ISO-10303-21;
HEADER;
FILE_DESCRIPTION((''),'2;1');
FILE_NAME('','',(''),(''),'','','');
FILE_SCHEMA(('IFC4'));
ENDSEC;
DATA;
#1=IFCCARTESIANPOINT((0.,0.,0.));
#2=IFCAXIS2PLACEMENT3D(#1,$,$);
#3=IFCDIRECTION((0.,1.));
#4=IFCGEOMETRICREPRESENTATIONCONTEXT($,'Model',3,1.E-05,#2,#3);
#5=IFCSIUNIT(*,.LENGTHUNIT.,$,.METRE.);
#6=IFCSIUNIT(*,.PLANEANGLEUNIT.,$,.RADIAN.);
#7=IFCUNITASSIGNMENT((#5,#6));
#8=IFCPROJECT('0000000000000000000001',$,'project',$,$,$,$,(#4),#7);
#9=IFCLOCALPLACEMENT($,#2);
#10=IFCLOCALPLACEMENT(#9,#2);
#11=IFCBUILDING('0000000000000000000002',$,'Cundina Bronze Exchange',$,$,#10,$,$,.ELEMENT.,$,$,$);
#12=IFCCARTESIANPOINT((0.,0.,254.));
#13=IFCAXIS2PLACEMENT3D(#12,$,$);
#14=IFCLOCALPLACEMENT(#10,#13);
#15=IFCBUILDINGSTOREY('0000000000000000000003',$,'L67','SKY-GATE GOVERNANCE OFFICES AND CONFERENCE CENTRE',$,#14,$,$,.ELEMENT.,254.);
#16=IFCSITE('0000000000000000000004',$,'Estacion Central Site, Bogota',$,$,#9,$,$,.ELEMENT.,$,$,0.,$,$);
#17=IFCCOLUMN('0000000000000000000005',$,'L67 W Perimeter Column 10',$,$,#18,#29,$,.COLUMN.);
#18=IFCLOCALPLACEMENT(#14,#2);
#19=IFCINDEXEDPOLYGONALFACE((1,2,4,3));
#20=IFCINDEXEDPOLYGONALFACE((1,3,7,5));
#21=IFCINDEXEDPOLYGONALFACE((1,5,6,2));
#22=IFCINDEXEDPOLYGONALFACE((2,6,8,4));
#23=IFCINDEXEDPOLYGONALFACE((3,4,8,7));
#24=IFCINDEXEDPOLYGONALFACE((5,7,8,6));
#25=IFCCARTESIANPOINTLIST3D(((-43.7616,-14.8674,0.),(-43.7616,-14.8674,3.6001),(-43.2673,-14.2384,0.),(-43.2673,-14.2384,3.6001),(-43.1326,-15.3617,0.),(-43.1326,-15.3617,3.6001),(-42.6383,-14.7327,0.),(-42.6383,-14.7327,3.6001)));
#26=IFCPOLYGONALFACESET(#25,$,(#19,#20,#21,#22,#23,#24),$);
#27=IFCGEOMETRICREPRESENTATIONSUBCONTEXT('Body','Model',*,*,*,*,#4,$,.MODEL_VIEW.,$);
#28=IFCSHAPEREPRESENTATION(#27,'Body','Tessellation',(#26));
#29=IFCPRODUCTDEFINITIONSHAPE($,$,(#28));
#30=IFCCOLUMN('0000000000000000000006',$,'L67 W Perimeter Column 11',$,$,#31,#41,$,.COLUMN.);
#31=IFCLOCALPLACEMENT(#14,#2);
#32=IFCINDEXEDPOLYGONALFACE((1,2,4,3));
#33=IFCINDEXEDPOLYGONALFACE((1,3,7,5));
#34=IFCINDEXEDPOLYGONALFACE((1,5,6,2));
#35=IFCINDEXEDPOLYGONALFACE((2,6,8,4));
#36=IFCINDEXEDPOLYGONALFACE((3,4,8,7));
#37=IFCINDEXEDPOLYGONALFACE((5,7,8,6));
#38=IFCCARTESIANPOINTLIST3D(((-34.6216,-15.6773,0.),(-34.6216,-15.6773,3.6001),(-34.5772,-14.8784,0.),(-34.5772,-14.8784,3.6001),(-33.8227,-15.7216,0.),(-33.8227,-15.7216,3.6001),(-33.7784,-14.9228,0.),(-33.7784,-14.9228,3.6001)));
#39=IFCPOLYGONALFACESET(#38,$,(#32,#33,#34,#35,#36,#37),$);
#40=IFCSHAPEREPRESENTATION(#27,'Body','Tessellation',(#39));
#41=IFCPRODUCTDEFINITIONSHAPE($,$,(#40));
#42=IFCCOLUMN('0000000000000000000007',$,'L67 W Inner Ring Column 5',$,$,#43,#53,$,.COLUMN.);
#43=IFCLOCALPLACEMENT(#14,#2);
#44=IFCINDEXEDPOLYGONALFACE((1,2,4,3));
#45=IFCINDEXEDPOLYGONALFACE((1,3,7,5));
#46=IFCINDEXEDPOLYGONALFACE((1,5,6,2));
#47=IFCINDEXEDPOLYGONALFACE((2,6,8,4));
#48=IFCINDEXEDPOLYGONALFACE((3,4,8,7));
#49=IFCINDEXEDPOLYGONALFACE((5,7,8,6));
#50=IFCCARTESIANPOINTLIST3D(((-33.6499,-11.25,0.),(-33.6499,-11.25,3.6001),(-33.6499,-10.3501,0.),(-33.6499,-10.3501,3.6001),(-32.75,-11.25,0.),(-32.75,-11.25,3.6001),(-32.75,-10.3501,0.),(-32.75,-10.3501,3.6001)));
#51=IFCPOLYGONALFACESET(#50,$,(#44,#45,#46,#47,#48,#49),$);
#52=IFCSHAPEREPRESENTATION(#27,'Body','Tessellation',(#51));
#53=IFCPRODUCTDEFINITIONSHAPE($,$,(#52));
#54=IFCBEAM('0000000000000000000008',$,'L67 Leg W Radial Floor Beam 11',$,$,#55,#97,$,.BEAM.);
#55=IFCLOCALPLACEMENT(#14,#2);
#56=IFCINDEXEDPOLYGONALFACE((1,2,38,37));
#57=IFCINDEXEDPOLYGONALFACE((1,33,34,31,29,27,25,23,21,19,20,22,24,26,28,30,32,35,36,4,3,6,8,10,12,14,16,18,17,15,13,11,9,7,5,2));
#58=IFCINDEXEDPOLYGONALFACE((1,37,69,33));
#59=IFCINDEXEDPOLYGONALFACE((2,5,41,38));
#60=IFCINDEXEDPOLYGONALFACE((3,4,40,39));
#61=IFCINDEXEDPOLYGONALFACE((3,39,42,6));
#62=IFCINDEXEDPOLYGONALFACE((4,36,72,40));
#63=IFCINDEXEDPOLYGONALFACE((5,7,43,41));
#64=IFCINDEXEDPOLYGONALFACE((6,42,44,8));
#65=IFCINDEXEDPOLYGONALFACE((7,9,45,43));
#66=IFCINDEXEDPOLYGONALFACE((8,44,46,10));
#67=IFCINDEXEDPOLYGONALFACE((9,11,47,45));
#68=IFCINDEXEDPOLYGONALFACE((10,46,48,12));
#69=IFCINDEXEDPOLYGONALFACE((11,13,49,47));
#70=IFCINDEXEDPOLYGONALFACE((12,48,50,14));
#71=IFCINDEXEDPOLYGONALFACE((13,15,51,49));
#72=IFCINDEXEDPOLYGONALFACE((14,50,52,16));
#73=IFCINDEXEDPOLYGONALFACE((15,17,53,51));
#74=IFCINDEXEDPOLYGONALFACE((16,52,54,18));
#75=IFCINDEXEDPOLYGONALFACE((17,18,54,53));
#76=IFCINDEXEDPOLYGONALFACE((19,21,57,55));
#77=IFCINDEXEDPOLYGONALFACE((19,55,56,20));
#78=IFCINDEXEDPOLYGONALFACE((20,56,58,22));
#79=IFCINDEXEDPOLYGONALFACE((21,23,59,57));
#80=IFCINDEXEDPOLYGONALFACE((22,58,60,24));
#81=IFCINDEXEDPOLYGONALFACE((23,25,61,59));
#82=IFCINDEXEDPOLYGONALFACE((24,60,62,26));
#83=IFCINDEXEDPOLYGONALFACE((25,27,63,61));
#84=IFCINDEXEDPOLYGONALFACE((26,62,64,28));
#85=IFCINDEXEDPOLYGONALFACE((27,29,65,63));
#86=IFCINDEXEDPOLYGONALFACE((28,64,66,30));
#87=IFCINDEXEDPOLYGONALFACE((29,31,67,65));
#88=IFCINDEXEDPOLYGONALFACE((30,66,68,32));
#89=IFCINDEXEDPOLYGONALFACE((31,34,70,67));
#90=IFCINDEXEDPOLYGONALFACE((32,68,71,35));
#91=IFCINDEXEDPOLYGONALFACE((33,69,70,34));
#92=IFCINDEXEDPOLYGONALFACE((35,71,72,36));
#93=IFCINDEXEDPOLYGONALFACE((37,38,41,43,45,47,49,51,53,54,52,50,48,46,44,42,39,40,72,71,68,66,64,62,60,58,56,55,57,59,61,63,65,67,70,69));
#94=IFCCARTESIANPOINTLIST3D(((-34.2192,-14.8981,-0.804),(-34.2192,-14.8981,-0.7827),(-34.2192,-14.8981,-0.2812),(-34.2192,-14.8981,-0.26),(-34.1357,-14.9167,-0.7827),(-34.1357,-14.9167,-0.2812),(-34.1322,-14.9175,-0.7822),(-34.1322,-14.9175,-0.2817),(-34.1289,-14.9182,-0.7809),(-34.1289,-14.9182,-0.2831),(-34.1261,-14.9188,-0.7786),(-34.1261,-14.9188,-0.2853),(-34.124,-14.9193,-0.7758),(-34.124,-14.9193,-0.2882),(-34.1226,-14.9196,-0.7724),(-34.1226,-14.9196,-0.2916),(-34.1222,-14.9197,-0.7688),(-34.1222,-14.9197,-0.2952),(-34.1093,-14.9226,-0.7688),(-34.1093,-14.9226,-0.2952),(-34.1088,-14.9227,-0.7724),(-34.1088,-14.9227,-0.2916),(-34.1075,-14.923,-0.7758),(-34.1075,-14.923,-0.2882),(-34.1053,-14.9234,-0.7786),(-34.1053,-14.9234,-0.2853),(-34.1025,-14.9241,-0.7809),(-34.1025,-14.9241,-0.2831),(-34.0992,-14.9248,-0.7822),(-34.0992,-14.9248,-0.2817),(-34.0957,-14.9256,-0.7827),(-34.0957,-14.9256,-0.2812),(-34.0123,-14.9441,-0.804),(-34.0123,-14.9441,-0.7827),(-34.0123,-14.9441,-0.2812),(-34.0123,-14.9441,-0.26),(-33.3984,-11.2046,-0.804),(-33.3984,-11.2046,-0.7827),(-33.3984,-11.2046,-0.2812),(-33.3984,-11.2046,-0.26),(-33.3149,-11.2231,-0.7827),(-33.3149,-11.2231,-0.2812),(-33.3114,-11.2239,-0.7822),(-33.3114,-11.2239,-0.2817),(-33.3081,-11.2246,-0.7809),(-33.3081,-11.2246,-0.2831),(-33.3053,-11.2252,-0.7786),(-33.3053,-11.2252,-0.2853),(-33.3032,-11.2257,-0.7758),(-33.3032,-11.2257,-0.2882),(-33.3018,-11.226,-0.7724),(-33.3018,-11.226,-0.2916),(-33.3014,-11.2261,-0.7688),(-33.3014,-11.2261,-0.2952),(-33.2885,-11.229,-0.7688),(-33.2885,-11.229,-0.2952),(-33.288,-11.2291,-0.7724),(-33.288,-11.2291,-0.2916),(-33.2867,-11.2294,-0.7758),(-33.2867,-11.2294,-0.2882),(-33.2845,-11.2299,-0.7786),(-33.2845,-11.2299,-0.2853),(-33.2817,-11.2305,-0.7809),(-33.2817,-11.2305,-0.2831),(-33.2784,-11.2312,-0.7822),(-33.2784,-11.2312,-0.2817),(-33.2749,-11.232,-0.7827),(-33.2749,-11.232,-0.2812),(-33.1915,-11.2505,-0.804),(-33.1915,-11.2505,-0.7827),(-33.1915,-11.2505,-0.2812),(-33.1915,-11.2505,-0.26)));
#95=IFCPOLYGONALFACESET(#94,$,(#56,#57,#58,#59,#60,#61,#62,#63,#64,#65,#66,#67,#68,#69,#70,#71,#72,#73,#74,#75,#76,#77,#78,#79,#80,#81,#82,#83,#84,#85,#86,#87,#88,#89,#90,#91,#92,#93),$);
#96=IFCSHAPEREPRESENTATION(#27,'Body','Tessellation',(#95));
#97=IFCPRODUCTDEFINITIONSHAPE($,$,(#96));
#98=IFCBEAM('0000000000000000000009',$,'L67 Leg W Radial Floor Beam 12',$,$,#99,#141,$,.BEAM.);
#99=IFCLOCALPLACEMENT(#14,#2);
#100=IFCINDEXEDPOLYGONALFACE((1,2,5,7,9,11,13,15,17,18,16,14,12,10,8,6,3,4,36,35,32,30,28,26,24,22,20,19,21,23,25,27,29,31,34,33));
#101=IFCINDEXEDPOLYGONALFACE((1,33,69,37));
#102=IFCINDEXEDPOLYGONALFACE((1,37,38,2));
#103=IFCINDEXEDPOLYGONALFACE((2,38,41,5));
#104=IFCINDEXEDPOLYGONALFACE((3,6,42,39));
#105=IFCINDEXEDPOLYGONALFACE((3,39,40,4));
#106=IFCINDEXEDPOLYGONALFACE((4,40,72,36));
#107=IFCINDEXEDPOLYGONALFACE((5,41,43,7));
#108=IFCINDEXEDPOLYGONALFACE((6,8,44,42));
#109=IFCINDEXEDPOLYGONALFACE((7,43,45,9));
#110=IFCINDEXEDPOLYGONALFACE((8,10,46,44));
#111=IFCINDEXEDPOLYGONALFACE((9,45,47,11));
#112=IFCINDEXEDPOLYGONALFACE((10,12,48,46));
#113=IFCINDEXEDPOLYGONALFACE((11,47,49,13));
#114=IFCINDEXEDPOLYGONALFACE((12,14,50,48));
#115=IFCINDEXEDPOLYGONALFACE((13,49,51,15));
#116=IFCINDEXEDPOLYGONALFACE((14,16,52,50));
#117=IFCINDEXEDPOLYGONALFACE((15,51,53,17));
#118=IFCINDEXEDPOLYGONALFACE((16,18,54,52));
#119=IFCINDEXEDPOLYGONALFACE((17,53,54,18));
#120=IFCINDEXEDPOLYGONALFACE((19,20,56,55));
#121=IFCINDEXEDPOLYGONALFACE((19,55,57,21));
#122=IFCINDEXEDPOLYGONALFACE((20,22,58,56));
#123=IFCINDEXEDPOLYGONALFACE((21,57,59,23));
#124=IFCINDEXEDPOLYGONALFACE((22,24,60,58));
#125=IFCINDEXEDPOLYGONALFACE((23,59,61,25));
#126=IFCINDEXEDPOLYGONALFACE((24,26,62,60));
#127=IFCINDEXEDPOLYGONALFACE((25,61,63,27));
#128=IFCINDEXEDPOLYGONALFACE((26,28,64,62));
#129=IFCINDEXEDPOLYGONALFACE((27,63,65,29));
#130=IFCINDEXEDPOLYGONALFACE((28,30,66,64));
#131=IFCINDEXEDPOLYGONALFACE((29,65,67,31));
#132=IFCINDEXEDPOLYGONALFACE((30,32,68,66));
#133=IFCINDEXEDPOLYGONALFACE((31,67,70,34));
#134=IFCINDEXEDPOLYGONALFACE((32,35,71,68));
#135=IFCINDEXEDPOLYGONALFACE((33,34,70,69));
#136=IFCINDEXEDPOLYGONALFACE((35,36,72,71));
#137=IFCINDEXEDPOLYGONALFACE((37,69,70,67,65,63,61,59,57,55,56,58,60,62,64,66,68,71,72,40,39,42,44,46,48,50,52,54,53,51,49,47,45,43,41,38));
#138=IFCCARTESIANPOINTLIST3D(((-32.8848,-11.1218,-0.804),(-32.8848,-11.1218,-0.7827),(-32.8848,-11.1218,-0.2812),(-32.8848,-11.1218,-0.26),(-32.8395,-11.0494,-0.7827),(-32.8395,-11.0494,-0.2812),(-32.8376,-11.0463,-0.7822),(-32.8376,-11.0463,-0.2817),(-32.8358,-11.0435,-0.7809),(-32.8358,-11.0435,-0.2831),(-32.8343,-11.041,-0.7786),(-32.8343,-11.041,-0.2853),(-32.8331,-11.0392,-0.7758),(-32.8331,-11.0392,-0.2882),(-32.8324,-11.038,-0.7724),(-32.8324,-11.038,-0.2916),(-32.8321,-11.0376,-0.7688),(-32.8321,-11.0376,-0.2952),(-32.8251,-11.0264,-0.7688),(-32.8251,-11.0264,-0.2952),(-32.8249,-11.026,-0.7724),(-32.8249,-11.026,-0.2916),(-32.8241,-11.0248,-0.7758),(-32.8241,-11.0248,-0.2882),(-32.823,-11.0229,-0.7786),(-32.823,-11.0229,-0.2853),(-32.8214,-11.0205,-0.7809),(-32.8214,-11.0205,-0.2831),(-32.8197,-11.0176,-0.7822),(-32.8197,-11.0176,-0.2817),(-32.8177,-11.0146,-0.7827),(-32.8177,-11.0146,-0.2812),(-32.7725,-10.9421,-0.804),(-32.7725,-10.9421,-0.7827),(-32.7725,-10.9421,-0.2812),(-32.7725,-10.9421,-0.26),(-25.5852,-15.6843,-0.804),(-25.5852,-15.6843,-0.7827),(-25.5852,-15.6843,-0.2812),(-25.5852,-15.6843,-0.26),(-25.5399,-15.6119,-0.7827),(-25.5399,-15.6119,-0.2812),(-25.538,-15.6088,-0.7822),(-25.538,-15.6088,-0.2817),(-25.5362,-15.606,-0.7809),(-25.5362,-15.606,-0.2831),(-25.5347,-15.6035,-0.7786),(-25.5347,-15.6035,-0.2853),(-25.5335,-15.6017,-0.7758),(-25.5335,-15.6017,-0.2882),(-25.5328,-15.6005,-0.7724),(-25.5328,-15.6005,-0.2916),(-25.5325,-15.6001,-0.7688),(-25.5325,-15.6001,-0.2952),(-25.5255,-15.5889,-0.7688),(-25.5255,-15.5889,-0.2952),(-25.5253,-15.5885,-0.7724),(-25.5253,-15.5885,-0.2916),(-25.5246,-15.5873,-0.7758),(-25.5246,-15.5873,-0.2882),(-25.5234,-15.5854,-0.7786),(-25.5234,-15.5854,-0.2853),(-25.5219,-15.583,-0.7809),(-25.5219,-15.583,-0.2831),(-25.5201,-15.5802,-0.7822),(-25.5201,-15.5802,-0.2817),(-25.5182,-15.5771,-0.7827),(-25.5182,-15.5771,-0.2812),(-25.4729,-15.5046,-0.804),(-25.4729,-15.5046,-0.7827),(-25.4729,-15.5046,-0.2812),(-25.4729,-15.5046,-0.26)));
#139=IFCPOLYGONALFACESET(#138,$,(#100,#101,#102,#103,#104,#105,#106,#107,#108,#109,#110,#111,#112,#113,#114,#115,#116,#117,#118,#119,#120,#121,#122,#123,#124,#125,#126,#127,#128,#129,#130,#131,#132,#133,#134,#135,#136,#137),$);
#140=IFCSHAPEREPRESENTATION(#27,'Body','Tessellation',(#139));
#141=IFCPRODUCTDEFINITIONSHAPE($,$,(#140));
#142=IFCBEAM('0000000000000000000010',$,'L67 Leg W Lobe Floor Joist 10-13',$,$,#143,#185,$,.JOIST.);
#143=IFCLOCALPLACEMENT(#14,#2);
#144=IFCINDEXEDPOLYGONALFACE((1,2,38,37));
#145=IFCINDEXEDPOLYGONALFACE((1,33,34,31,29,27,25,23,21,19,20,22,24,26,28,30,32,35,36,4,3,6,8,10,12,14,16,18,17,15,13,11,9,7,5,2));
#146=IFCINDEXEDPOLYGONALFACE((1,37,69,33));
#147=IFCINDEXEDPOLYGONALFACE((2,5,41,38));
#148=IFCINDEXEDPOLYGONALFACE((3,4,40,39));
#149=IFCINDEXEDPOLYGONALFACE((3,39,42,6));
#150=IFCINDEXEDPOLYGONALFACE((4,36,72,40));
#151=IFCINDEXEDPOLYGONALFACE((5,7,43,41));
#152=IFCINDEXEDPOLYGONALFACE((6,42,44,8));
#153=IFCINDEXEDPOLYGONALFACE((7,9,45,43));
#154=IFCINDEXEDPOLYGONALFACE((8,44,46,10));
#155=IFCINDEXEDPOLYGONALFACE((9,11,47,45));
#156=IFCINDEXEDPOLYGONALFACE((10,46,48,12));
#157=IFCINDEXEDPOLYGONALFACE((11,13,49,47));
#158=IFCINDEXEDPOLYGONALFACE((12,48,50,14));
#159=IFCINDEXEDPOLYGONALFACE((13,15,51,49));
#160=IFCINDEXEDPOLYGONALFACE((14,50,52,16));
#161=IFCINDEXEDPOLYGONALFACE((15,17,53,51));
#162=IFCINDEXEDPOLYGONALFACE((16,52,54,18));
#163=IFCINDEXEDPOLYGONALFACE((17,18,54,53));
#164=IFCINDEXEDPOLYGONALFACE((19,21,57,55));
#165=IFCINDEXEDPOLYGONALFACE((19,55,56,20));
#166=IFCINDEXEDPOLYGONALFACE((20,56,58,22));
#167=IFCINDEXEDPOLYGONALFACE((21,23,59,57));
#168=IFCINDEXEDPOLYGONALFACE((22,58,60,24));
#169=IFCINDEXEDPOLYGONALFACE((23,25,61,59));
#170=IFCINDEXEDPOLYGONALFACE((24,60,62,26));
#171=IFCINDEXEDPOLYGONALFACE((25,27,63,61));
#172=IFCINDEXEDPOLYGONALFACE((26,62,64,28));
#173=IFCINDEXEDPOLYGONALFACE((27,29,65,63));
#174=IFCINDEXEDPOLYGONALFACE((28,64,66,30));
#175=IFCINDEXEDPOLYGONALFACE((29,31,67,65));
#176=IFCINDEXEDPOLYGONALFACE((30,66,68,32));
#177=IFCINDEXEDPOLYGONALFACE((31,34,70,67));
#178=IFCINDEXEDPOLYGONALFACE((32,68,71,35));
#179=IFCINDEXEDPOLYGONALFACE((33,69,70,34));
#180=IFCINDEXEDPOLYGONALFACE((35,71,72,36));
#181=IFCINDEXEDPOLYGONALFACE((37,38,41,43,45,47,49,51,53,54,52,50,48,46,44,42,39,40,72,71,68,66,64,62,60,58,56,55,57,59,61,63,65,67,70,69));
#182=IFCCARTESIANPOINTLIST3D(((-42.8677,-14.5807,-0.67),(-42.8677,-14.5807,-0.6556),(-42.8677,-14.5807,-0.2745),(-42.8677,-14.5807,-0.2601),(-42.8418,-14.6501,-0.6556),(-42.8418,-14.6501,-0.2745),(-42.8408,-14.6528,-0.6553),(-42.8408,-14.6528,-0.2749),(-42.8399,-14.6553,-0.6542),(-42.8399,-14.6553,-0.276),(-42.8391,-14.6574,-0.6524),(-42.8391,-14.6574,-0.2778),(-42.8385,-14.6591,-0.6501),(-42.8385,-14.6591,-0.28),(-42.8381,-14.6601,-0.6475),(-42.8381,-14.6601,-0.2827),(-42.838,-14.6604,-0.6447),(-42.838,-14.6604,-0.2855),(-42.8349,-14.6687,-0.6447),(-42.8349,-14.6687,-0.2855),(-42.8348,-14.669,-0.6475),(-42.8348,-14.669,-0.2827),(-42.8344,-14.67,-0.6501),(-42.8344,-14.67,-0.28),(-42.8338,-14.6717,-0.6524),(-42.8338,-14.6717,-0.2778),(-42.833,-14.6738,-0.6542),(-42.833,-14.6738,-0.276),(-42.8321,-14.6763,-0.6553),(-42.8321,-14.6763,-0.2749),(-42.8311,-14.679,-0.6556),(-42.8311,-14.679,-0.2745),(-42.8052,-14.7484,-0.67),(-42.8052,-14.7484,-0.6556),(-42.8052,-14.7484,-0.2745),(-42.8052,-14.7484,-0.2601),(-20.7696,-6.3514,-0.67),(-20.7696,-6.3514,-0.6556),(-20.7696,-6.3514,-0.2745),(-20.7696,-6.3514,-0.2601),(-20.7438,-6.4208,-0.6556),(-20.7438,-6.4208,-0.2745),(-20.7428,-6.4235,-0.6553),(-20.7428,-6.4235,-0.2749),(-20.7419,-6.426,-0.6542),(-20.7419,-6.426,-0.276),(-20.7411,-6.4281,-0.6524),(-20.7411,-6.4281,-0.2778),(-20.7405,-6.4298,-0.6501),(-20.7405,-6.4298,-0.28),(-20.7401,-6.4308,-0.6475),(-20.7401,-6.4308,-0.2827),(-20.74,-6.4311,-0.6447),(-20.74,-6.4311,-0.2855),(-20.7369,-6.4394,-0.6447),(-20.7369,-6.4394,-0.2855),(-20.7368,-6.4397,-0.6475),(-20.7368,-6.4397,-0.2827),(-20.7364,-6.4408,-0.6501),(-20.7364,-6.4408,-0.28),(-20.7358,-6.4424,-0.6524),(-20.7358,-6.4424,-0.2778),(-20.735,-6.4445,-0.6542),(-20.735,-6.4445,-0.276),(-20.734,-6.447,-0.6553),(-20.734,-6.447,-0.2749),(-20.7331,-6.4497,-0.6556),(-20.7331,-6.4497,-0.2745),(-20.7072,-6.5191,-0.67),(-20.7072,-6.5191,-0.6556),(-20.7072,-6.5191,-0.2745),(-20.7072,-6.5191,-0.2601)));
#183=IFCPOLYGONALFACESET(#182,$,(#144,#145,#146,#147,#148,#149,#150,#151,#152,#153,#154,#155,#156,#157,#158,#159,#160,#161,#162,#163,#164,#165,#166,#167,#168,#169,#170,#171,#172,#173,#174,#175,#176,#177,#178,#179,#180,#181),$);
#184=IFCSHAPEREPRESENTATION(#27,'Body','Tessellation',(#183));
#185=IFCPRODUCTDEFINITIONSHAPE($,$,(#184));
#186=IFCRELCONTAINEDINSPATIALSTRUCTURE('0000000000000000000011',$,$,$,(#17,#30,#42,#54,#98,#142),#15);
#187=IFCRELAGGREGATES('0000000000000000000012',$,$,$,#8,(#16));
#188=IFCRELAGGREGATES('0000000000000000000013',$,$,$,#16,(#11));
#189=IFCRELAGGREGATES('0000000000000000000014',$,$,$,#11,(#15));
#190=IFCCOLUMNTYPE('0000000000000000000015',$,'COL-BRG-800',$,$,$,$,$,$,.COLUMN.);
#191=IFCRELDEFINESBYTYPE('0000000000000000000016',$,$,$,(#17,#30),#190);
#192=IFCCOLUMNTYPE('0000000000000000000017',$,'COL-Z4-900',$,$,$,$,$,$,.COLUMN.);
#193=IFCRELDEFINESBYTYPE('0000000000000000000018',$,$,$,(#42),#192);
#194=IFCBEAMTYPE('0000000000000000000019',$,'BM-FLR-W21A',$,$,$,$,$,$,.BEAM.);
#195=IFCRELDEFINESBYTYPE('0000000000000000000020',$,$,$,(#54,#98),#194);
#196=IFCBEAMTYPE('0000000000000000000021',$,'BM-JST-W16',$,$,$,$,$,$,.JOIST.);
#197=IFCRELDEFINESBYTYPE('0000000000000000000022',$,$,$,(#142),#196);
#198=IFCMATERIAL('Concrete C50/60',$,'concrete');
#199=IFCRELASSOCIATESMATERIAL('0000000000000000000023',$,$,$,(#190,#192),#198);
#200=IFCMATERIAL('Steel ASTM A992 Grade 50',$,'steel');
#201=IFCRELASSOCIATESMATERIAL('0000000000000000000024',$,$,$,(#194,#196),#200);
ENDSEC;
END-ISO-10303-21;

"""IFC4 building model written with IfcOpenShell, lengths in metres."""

from ifc_helpers import new_model, si_unit, direction, frame, origin, origin_2d, place, context, subcontext, project, spatial, rectangle, i_section, extrude, material, material_profile, profile_set, type_object, element, save


model = new_model("IFC4")

# Units and contexts
model_context = context("Model", 3, precision=1e-05, world=origin(), true_north=direction((0.0, 1.0)))
body_context = subcontext(model_context, "Body", "Model", "MODEL_VIEW")
ifc_project = project(units=[si_unit("LENGTHUNIT", "METRE"), si_unit("PLANEANGLEUNIT", "RADIAN")], contexts=[model_context])

# Site, building, storey
site_placement = place(None, origin())
site = spatial("IfcSite", under=ifc_project, at=site_placement, Name="Estacion Central Site, Bogota", CompositionType="ELEMENT", RefElevation=0.0)
building_placement = place(site_placement, origin())
building = spatial("IfcBuilding", under=site, at=building_placement, Name="Cundina Bronze Exchange", CompositionType="ELEMENT")
storey_placement = place(building_placement, frame((0.0, 0.0, 254.0)))
storey = spatial("IfcBuildingStorey", under=building, at=storey_placement, Name="L67", Description="SKY-GATE GOVERNANCE OFFICES AND CONFERENCE CENTRE", CompositionType="ELEMENT", Elevation=254.0)

# Columns
ifc_material_1 = material(Name="Concrete C50/60", Category="concrete")
ifc_material_profile_1 = material_profile(ifc_material_1, rectangle(XDim=0.8, YDim=0.8, at=origin_2d()), Name="RC800X800", Category="concrete")
ifc_profile_set_1 = profile_set([ifc_material_profile_1], Name="Concrete C50/60")
column_type_1 = type_object("IfcColumnType", Name="COL-BRG-800", PredefinedType="COLUMN", material=ifc_profile_set_1)
for number, where, z_axis, x_axis, name in (
    (1, (-43.2, -14.8, 0.0), (0.0, 0.0, 1.0), (0.786288, -0.61786, 0.0), "L67 W Perimeter Column 10"),
    (2, (-34.2, -15.3, 0.0), (0.0, 0.0, 1.0), (0.99846, -0.055473, 0.0), "L67 W Perimeter Column 11"),
):
    element("IfcColumn", number, at=place(storey_placement, frame(where, z_axis=z_axis, x_axis=x_axis)), inside=storey, type_object=column_type_1, Name=name, PredefinedType="COLUMN", context=body_context, shape_type="SweptSolid", body=[
        extrude(rectangle(XDim=0.8, YDim=0.8, at=origin_2d()), origin(), (0.0, 0.0, 1.0), 3.6001),
    ])
ifc_material_profile_2 = material_profile(ifc_material_1, rectangle(XDim=0.8999, YDim=0.8999, at=origin_2d()), Name="RC900X900", Category="concrete")
ifc_profile_set_2 = profile_set([ifc_material_profile_2], Name="Concrete C50/60")
column_type_2 = type_object("IfcColumnType", Name="COL-Z4-900", PredefinedType="COLUMN", material=ifc_profile_set_2)
column_placement = place(storey_placement, frame((-33.2, -10.8, 0.0), z_axis=(0.0, 0.0, 1.0), x_axis=(1.0, 0.0, 0.0)))
element("IfcColumn", 3, at=column_placement, inside=storey, type_object=column_type_2, Name="L67 W Inner Ring Column 5", PredefinedType="COLUMN", context=body_context, shape_type="SweptSolid", body=[
    extrude(rectangle(XDim=0.8999, YDim=0.8999, at=origin_2d()), origin(), (0.0, 0.0, 1.0), 3.6001),
])

# Beams
ifc_material_2 = material(Name="Steel ASTM A992 Grade 50", Category="steel")
ifc_material_profile_3 = material_profile(ifc_material_2, i_section(OverallWidth=0.2119, OverallDepth=0.5439, WebThickness=0.0132, FlangeThickness=0.0212, FilletRadius=0.0139, at=origin_2d()), Name="W21X83", Category="steel")
ifc_profile_set_3 = profile_set([ifc_material_profile_3], Name="Steel ASTM A992 Grade 50")
beam_type_1 = type_object("IfcBeamType", Name="BM-FLR-W21A", PredefinedType="BEAM", material=ifc_profile_set_3)
beam_1_placement = place(storey_placement, frame((-33.2949, -11.2275, -0.532), z_axis=(-0.21693, -0.976187, 0.0), x_axis=(0.976187, -0.21693, 0.0)))
element("IfcBeam", 4, at=beam_1_placement, inside=storey, type_object=beam_type_1, Name="L67 Leg W Radial Floor Beam 11", PredefinedType="BEAM", context=body_context, shape_type="SweptSolid", body=[
    extrude(i_section(OverallWidth=0.2119, OverallDepth=0.5439, WebThickness=0.0132, FlangeThickness=0.0212, FilletRadius=0.0139, at=origin_2d()), origin(), (0.0, 0.0, 1.0), 3.7837),
])
beam_2_placement = place(storey_placement, frame((-32.8286, -11.032, -0.532), z_axis=(0.847984, -0.530022, 0.0), x_axis=(0.530022, 0.847984, 0.0)))
element("IfcBeam", 5, at=beam_2_placement, inside=storey, type_object=beam_type_1, Name="L67 Leg W Radial Floor Beam 12", PredefinedType="BEAM", context=body_context, shape_type="SweptSolid", body=[
    extrude(i_section(OverallWidth=0.2119, OverallDepth=0.5439, WebThickness=0.0132, FlangeThickness=0.0212, FilletRadius=0.0139, at=origin_2d()), origin(), (0.0, 0.0, 1.0), 8.6082),
])
ifc_material_profile_4 = material_profile(ifc_material_2, i_section(OverallWidth=0.179, OverallDepth=0.4099, WebThickness=0.0088, FlangeThickness=0.0144, FilletRadius=0.011, at=origin_2d()), Name="W16X45", Category="steel")
ifc_profile_set_4 = profile_set([ifc_material_profile_4], Name="Steel ASTM A992 Grade 50")
beam_type_2 = type_object("IfcBeamType", Name="BM-JST-W16", PredefinedType="JOIST", material=ifc_profile_set_4)
beam_3_placement = place(storey_placement, frame((-42.8364, -14.6646, -0.4651), z_axis=(0.937128, 0.348986, 0.0), x_axis=(-0.348986, 0.937128, 0.0)))
element("IfcBeam", 6, at=beam_3_placement, inside=storey, type_object=beam_type_2, Name="L67 Leg W Lobe Floor Joist 10-13", PredefinedType="JOIST", context=body_context, shape_type="SweptSolid", body=[
    extrude(i_section(OverallWidth=0.179, OverallDepth=0.4099, WebThickness=0.0088, FlangeThickness=0.0144, FilletRadius=0.011, at=origin_2d()), origin(), (0.0, 0.0, 1.0), 23.5806),
])

save(model, "model.ifc")
